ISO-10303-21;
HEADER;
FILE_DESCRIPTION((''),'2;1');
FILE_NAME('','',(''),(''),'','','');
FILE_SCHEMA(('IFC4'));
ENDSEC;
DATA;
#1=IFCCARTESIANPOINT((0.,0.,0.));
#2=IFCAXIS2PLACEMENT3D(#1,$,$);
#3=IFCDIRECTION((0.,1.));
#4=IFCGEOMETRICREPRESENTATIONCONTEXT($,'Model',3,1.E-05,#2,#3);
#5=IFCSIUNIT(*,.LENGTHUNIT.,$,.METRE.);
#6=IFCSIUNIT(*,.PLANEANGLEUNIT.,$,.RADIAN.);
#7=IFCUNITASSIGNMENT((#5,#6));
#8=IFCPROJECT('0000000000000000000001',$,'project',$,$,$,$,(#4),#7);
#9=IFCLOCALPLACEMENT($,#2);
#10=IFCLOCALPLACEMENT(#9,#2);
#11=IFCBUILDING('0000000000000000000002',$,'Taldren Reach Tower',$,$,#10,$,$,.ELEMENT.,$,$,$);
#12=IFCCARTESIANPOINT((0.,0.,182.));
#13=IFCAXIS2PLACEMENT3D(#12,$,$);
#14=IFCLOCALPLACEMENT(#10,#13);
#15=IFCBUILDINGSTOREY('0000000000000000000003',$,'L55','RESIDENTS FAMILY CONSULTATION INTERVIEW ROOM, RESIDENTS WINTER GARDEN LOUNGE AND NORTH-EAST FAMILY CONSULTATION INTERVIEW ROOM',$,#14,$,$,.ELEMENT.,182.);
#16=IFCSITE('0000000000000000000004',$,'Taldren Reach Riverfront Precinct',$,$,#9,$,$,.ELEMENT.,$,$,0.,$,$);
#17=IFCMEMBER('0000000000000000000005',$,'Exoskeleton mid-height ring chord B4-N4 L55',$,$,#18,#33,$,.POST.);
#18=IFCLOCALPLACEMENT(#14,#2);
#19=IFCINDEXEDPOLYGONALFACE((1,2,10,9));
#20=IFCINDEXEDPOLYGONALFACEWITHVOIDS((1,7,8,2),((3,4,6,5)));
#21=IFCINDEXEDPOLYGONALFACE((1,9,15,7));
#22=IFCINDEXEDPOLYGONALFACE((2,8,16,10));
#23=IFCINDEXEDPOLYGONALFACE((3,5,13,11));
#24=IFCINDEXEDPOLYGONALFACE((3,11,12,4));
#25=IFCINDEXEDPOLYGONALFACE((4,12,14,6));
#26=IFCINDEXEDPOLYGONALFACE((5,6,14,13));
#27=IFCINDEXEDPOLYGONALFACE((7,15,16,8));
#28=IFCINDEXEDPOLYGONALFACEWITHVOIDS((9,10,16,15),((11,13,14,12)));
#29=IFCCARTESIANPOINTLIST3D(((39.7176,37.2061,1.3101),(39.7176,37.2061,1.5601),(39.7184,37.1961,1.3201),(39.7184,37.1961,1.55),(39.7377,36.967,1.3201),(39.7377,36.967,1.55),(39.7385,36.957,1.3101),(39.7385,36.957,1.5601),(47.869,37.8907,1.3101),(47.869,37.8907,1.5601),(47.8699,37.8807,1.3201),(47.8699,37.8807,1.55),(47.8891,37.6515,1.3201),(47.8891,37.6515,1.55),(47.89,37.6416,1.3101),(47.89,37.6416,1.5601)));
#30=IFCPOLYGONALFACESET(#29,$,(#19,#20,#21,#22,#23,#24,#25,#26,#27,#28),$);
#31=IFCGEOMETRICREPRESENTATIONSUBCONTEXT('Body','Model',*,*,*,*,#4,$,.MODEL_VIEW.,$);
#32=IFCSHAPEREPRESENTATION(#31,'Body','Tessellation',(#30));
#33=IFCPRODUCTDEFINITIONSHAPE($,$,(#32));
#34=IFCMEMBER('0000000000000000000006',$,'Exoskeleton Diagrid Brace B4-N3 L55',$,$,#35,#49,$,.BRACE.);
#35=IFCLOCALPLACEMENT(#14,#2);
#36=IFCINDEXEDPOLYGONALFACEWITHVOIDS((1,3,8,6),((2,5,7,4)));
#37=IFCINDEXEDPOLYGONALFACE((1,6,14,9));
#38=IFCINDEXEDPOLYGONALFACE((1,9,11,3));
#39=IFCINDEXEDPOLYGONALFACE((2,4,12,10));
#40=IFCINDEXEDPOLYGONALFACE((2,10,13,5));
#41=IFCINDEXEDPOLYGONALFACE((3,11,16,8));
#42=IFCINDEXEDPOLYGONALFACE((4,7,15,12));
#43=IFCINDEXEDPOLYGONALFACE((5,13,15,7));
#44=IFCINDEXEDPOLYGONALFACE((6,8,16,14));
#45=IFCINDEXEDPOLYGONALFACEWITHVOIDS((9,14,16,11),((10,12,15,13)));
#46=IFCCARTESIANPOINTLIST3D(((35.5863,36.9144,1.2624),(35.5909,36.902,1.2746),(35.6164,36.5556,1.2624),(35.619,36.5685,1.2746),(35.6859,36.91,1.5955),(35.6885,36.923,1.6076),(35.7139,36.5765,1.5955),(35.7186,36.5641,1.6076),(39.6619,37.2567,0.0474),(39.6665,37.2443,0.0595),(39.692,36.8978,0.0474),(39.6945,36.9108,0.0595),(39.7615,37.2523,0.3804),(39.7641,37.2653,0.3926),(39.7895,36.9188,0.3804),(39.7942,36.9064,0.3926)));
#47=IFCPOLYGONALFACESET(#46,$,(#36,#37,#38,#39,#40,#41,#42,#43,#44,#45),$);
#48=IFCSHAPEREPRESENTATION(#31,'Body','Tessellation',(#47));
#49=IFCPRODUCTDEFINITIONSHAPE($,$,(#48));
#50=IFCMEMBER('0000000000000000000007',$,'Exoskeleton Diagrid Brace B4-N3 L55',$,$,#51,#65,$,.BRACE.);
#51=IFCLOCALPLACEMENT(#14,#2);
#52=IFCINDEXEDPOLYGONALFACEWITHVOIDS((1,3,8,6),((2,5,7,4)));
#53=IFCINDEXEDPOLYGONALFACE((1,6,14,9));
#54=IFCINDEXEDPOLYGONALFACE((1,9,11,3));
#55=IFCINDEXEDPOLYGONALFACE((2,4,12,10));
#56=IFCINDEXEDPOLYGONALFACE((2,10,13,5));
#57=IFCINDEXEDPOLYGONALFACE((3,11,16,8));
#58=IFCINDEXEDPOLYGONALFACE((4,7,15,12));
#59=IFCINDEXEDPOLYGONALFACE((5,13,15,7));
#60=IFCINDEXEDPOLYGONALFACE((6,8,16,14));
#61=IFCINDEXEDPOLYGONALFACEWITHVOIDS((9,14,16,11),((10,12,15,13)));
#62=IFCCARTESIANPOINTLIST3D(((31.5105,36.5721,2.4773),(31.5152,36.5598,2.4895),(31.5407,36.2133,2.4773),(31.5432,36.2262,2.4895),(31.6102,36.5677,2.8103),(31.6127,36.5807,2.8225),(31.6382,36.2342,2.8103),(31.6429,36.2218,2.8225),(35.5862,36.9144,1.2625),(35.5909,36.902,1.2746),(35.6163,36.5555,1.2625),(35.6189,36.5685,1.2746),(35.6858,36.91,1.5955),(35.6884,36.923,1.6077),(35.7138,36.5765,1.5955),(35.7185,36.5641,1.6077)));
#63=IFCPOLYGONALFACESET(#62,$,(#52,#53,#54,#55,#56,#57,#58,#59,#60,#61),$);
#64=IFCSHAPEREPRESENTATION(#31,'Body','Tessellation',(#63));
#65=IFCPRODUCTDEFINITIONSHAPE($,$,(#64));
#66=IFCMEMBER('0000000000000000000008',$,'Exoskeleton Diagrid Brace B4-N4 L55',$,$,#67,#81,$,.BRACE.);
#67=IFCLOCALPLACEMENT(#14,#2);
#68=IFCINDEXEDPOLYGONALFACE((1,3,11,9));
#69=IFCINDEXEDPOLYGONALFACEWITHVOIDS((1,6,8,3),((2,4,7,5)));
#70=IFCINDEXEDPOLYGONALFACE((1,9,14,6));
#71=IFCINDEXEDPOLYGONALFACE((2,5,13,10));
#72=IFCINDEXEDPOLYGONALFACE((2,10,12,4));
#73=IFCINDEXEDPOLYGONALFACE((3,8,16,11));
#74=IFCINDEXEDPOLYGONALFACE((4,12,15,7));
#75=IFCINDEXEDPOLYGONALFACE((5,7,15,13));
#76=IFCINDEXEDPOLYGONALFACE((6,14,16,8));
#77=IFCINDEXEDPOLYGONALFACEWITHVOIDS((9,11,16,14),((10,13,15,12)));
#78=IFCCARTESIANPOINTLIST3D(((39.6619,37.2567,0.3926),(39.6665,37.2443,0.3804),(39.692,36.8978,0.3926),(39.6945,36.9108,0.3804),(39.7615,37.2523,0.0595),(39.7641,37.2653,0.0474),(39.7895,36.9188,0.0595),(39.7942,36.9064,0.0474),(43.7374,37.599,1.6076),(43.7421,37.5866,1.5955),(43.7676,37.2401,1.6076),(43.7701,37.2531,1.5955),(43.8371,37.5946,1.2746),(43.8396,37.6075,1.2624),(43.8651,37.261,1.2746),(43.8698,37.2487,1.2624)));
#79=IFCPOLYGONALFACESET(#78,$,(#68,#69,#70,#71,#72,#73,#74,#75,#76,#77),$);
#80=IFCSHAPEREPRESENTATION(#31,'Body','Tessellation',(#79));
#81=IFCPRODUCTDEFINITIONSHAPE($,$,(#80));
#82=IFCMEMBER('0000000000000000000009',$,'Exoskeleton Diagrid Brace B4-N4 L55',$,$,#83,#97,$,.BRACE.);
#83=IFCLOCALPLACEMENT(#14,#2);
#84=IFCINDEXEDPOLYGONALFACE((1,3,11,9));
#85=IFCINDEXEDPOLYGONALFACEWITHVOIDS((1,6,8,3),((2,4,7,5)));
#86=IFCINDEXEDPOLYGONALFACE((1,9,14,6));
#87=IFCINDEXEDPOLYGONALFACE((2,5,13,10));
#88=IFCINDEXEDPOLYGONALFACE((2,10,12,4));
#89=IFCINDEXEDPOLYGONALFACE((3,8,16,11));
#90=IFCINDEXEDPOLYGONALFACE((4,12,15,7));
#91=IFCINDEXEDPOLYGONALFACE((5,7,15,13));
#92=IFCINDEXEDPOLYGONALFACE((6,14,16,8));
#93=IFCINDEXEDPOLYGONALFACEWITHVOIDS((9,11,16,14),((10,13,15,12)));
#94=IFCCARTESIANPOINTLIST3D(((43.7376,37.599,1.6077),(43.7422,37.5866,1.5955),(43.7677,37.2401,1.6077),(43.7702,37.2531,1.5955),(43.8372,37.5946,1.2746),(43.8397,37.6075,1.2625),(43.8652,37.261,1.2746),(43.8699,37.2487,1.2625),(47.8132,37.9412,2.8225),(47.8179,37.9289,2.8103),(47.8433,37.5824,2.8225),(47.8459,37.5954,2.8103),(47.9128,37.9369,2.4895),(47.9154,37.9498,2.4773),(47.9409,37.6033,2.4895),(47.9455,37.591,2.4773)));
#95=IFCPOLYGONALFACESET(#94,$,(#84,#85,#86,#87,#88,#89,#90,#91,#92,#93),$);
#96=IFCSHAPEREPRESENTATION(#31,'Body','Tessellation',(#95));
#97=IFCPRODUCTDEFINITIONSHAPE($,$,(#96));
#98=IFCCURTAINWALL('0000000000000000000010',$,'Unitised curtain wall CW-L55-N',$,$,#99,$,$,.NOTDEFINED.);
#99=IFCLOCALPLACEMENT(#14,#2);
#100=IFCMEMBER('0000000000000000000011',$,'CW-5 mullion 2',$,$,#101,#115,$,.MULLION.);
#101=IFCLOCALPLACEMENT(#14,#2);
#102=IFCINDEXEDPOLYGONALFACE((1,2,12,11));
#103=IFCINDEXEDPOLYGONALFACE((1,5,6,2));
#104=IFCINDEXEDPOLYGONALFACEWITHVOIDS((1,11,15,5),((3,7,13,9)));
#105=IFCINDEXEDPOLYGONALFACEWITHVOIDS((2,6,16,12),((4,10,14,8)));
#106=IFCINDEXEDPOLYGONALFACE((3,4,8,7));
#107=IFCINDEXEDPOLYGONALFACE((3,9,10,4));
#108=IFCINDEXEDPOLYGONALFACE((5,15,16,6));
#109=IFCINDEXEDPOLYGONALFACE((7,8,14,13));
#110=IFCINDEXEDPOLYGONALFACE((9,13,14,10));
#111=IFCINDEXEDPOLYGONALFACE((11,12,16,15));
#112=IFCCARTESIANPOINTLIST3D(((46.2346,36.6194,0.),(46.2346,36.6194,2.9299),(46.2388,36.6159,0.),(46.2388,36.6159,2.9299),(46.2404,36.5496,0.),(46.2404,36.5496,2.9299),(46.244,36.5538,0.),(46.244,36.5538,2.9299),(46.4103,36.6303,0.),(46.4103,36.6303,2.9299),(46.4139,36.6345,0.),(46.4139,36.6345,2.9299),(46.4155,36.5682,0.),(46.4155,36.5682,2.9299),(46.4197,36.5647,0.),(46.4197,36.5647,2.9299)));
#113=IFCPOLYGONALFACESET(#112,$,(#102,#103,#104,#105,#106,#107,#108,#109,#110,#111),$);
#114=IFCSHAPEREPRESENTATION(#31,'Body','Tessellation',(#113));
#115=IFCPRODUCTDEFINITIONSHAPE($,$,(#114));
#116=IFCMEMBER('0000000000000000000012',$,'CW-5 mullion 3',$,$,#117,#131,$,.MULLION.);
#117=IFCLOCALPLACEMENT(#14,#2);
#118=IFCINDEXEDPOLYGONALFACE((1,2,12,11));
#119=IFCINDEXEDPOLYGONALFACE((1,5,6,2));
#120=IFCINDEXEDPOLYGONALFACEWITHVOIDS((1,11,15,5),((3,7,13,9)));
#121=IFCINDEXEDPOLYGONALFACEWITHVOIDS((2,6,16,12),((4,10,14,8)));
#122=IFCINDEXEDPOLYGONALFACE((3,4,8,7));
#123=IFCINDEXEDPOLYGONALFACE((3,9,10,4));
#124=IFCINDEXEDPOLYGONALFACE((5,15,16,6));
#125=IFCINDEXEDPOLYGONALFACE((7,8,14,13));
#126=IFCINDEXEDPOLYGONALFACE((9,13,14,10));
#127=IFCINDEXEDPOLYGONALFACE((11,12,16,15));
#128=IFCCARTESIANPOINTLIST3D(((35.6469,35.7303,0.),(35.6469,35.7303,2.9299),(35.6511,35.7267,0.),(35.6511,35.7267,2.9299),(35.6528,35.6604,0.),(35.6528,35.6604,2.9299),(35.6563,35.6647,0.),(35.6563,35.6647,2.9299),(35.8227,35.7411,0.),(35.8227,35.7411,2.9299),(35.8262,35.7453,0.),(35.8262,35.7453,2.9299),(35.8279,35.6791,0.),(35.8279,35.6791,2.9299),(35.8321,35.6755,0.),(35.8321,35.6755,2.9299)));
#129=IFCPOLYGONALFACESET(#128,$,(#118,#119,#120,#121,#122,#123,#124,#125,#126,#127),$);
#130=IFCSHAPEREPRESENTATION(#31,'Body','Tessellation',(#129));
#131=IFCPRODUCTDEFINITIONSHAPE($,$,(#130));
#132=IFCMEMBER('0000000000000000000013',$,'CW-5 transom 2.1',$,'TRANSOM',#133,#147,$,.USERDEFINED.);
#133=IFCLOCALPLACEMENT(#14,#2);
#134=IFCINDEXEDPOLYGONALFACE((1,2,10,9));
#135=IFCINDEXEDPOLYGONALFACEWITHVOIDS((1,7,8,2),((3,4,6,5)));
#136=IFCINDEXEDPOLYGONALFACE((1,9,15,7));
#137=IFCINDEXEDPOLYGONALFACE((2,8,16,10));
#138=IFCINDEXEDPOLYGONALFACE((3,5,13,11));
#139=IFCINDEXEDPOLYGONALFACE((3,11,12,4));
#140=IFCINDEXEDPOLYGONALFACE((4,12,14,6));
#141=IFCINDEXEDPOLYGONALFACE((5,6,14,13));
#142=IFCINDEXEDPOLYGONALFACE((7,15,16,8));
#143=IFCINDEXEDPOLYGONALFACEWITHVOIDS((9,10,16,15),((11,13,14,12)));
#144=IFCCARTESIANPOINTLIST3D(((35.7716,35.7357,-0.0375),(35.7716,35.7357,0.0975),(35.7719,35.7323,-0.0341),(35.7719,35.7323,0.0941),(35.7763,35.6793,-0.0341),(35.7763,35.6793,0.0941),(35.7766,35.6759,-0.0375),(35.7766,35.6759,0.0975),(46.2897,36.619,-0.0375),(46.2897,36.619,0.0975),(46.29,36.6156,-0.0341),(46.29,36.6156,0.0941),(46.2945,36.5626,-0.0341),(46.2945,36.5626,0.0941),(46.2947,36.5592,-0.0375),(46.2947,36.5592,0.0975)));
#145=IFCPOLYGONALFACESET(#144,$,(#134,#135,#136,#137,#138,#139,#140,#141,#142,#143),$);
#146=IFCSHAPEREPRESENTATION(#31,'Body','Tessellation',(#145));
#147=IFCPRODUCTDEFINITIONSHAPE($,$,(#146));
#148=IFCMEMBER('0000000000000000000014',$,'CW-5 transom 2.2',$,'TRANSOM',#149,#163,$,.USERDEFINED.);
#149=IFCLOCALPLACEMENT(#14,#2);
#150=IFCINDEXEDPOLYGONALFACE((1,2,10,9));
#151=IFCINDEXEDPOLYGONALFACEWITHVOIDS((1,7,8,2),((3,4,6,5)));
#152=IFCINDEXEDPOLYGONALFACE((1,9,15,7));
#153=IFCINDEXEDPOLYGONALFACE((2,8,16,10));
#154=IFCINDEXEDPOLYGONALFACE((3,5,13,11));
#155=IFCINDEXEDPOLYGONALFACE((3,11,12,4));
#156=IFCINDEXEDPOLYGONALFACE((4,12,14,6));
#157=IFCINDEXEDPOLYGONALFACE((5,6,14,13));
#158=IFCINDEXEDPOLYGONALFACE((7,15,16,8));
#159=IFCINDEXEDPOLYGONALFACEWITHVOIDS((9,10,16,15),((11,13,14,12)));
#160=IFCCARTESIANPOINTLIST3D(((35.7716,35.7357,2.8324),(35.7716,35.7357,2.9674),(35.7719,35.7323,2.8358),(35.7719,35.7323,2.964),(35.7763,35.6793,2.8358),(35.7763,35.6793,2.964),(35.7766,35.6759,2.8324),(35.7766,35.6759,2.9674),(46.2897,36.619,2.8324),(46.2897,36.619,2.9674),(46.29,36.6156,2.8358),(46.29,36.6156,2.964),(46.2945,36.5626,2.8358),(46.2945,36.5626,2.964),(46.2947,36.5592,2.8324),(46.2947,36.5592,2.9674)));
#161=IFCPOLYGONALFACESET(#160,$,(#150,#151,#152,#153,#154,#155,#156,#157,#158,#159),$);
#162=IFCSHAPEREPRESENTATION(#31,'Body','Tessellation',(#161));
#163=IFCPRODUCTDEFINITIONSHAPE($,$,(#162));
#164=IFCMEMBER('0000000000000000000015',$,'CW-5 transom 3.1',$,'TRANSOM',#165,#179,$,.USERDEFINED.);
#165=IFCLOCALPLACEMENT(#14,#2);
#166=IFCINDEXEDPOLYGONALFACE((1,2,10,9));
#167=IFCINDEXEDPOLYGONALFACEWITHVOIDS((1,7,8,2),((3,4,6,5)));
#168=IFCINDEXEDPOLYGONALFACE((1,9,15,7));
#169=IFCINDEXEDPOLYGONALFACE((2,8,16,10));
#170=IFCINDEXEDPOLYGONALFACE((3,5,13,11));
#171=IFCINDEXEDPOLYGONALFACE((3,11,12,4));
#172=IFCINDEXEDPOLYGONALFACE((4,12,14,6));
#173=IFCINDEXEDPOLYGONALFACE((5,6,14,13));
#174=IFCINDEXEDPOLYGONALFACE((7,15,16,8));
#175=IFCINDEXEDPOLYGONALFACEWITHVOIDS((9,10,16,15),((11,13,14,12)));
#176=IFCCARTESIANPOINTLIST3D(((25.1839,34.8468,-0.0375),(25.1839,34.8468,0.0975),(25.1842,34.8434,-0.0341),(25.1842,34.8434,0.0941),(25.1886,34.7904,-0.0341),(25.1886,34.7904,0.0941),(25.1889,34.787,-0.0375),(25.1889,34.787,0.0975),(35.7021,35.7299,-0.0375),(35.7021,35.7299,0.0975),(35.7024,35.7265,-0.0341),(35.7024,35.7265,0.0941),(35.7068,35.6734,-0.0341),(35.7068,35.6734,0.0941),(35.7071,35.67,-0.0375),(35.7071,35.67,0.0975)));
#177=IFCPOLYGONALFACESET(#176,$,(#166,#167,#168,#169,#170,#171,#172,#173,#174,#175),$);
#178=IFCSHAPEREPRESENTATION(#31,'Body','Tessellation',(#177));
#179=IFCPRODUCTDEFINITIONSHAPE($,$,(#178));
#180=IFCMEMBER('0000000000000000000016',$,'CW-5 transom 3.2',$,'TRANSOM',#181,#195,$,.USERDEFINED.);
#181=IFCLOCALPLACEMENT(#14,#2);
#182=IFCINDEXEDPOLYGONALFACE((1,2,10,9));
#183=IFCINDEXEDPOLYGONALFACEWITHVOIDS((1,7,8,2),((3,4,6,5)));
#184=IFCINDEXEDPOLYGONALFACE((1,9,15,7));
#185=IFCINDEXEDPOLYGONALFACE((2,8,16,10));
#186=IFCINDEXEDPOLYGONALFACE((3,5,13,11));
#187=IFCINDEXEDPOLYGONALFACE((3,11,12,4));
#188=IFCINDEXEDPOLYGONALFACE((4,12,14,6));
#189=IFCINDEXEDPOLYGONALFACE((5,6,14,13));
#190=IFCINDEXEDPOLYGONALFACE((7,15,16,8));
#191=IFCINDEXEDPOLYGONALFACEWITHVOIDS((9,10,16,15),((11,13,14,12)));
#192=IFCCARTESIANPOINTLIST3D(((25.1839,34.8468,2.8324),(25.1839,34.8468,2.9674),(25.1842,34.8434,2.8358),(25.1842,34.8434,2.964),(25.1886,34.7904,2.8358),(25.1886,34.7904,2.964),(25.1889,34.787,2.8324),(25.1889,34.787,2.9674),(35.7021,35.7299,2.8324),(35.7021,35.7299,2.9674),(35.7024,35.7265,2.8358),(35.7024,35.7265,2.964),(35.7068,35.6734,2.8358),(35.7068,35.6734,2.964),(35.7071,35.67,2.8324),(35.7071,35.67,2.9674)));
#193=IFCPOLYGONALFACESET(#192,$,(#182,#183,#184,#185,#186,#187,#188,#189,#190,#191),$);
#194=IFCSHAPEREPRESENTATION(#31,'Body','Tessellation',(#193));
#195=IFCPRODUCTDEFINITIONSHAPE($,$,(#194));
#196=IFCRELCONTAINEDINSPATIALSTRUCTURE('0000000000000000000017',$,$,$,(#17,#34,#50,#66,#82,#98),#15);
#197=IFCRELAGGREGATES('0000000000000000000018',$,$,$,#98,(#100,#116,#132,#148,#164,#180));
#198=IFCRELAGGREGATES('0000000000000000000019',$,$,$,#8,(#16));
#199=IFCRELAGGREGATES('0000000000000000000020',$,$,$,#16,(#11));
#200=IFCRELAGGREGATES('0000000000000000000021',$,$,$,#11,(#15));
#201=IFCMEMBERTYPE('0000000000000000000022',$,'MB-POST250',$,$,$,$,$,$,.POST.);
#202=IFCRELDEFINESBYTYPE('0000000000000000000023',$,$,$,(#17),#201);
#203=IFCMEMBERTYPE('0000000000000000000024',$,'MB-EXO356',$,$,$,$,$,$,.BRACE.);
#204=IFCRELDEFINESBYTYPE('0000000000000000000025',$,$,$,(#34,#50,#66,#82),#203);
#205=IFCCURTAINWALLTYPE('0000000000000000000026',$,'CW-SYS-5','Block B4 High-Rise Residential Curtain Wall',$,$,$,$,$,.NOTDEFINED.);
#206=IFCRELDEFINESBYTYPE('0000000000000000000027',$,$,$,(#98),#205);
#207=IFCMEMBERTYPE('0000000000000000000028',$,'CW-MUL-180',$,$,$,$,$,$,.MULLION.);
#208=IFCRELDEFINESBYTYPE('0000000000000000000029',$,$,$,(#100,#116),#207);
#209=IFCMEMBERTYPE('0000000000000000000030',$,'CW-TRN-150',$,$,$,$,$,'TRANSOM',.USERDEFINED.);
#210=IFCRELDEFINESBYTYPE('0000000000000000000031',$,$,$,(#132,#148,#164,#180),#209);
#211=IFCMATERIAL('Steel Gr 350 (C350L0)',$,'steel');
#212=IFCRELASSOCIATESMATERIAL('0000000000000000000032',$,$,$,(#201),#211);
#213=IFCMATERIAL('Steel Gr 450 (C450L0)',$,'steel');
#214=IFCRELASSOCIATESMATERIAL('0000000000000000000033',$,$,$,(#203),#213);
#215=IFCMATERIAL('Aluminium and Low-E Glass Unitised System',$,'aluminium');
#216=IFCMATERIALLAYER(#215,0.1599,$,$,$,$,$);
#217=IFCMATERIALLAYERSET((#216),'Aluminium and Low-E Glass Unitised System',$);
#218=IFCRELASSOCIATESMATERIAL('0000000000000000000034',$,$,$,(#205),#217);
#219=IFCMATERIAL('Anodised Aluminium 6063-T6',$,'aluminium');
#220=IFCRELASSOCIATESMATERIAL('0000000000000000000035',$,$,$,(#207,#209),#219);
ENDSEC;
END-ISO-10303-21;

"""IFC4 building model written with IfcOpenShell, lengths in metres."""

from ifc_helpers import new_model, si_unit, direction, frame, origin, origin_2d, place, context, subcontext, project, spatial, hollow_rectangle, extrude, source, transform, mapped, material, layer, layer_set, material_profile, profile_set, type_object, element, aggregate, save


model = new_model("IFC4")

# Units and contexts
model_context = context("Model", 3, precision=1e-05, world=origin(), true_north=direction((0.0, 1.0)))
body_context = subcontext(model_context, "Body", "Model", "MODEL_VIEW")
ifc_project = project(units=[si_unit("LENGTHUNIT", "METRE"), si_unit("PLANEANGLEUNIT", "RADIAN")], contexts=[model_context])

# Site, building, storey
site_placement = place(None, origin())
site = spatial("IfcSite", under=ifc_project, at=site_placement, Name="Taldren Reach Riverfront Precinct", CompositionType="ELEMENT", RefElevation=0.0)
building_placement = place(site_placement, origin())
building = spatial("IfcBuilding", under=site, at=building_placement, Name="Taldren Reach Tower", CompositionType="ELEMENT")
storey_placement = place(building_placement, frame((0.0, 0.0, 182.0)))
storey = spatial("IfcBuildingStorey", under=building, at=storey_placement, Name="L55", Description="RESIDENTS FAMILY CONSULTATION INTERVIEW ROOM, RESIDENTS WINTER GARDEN LOUNGE AND NORTH-EAST FAMILY CONSULTATION INTERVIEW ROOM", CompositionType="ELEMENT", Elevation=182.0)

# Shared definitions
ifc_material_1 = material(Name="Steel Gr 450 (C450L0)", Category="steel")

# Shared definitions
ifc_material_2 = material(Name="Steel Gr 350 (C350L0)", Category="steel")
ifc_material_profile_1 = material_profile(ifc_material_2, hollow_rectangle(XDim=0.25, YDim=0.25, WallThickness=0.01, at=origin_2d()), Name="250x250x10.0SHS")
ifc_profile_set_1 = profile_set([ifc_material_profile_1], Name="Steel Gr 350 (C350L0)")
member_type_1 = type_object("IfcMemberType", Name="MB-POST250", PredefinedType="POST", material=ifc_profile_set_1)

# Members
shared_shape_1 = source(origin(), body_context, "Body", "SweptSolid", [
    extrude(hollow_rectangle(XDim=0.25, YDim=0.25, WallThickness=0.01, at=origin_2d()), origin(), (0.0, 0.0, 1.0), 8.1802),
])
member_1_placement = place(storey_placement, frame((39.728, 37.0815, 1.4351), z_axis=(0.996492, 0.083688, 0.0), x_axis=(-0.083688, 0.996492, 0.0)))
element("IfcMember", 1, at=member_1_placement, inside=storey, type_object=member_type_1, Name="Exoskeleton mid-height ring chord B4-N4 L55", PredefinedType="POST", context=body_context, shape_type="MappedRepresentation", body=[
    mapped(shared_shape_1, transform((0.0, 0.0, 0.0), scale=1.0)),
])
ifc_material_profile_2 = material_profile(ifc_material_1, hollow_rectangle(XDim=0.3601, YDim=0.3601, WallThickness=0.0127, at=origin_2d()), Name="360x360x12.7SHS")
ifc_profile_set_2 = profile_set([ifc_material_profile_2], Name="Steel Gr 450 (C450L0)")
member_type_2 = type_object("IfcMemberType", Name="MB-EXO356", PredefinedType="BRACE", material=ifc_profile_set_2)
shared_shape_2 = source(origin(), body_context, "Body", "SweptSolid", [
    extrude(hollow_rectangle(XDim=0.3601, YDim=0.3601, WallThickness=0.0127, at=origin_2d()), origin(), (0.0, 0.0, 1.0), 4.2666),
])
for number, where, z_axis, x_axis, name in (
    (2, (39.728, 37.0815, 0.22), (-0.955229, -0.080222, 0.284783), (0.083688, -0.996492, 0.0), "Exoskeleton Diagrid Brace B4-N3 L55"),
    (3, (35.6523, 36.7393, 1.4351), (-0.955245, -0.080224, 0.284731), (0.083688, -0.996492, 0.0), "Exoskeleton Diagrid Brace B4-N3 L55"),
    (4, (39.728, 37.0815, 0.22), (0.955229, 0.080222, 0.284783), (-0.083688, 0.996492, 0.0), "Exoskeleton Diagrid Brace B4-N4 L55"),
    (5, (43.8037, 37.4238, 1.4351), (0.955245, 0.080224, 0.284731), (-0.083688, 0.996492, 0.0), "Exoskeleton Diagrid Brace B4-N4 L55"),
):
    element("IfcMember", number, at=place(storey_placement, frame(where, z_axis=z_axis, x_axis=x_axis)), inside=storey, type_object=member_type_2, Name=name, PredefinedType="BRACE", context=body_context, shape_type="MappedRepresentation", body=[
        mapped(shared_shape_2, transform((0.0, 0.0, 0.0), scale=1.0)),
    ])

# Curtain wall, members
ifc_material_3 = material(Name="Aluminium and Low-E Glass Unitised System", Category="aluminium")
ifc_layer_1 = layer(ifc_material_3, 0.1599)
ifc_layer_set_1 = layer_set([ifc_layer_1], Name="Aluminium and Low-E Glass Unitised System")
curtain_wall_type = type_object("IfcCurtainWallType", Name="CW-SYS-5", Description="Block B4 High-Rise Residential Curtain Wall", PredefinedType="NOTDEFINED", material=ifc_layer_set_1)
curtain_wall_placement = place(storey_placement, origin())
curtain_wall = element("IfcCurtainWall", 6, at=curtain_wall_placement, inside=storey, type_object=curtain_wall_type, Name="Unitised curtain wall CW-L55-N", PredefinedType="NOTDEFINED")
ifc_material_4 = material(Name="Anodised Aluminium 6063-T6", Category="aluminium")
ifc_material_profile_3 = material_profile(ifc_material_4, hollow_rectangle(XDim=0.0701, YDim=0.1799, WallThickness=0.0039, at=origin_2d()), Name="ALU-180x70x4RHS")
ifc_profile_set_3 = profile_set([ifc_material_profile_3], Name="Anodised Aluminium 6063-T6")
member_type_3 = type_object("IfcMemberType", Name="CW-MUL-180", PredefinedType="MULLION", material=ifc_profile_set_3)
shared_shape_3 = source(origin(), body_context, "Body", "SweptSolid", [
    extrude(hollow_rectangle(XDim=0.0701, YDim=0.1799, WallThickness=0.0039, at=origin_2d()), origin(), (0.0, 0.0, 1.0), 2.9299),
])
member_2_placement = place(storey_placement, frame((46.3271, 36.592, 0.0), z_axis=(0.0, 0.0, 1.0), x_axis=(0.083678, -0.996493, 0.0)))
member_2 = element("IfcMember", 7, at=member_2_placement, type_object=member_type_3, Name="CW-5 mullion 2", PredefinedType="MULLION", context=body_context, shape_type="MappedRepresentation", body=[
    mapped(shared_shape_3, transform((0.0, 0.0, 0.0), scale=1.0)),
])
member_3_placement = place(storey_placement, frame((35.7395, 35.7029, 0.0), z_axis=(0.0, 0.0, 1.0), x_axis=(0.083678, -0.996493, 0.0)))
member_3 = element("IfcMember", 8, at=member_3_placement, type_object=member_type_3, Name="CW-5 mullion 3", PredefinedType="MULLION", context=body_context, shape_type="MappedRepresentation", body=[
    mapped(shared_shape_3, transform((0.0, 0.0, 0.0), scale=1.0)),
])
ifc_material_profile_4 = material_profile(ifc_material_4, hollow_rectangle(XDim=0.0601, YDim=0.135, WallThickness=0.0034, at=origin_2d()), Name="ALU-135x60x3.5RHS")
ifc_profile_set_4 = profile_set([ifc_material_profile_4], Name="Anodised Aluminium 6063-T6")
member_type_4 = type_object("IfcMemberType", Name="CW-TRN-150", ElementType="TRANSOM", PredefinedType="USERDEFINED", material=ifc_profile_set_4)
shared_shape_4 = source(origin(), body_context, "Body", "SweptSolid", [
    extrude(hollow_rectangle(XDim=0.0601, YDim=0.135, WallThickness=0.0034, at=origin_2d()), origin(), (0.0, 0.0, 1.0), 10.5552),
])
member_4_placement = place(storey_placement, frame((46.2922, 36.5891, 0.03), z_axis=(-0.996492, -0.083685, 0.0), x_axis=(0.083685, -0.996492, 0.0)))
member_4 = element("IfcMember", 9, at=member_4_placement, type_object=member_type_4, Name="CW-5 transom 2.1", ObjectType="TRANSOM", PredefinedType="USERDEFINED", context=body_context, shape_type="MappedRepresentation", body=[
    mapped(shared_shape_4, transform((0.0, 0.0, 0.0), scale=1.0)),
])
member_5_placement = place(storey_placement, frame((46.2922, 36.5891, 2.8999), z_axis=(-0.996492, -0.083685, 0.0), x_axis=(0.083685, -0.996492, 0.0)))
member_5 = element("IfcMember", 10, at=member_5_placement, type_object=member_type_4, Name="CW-5 transom 2.2", ObjectType="TRANSOM", PredefinedType="USERDEFINED", context=body_context, shape_type="MappedRepresentation", body=[
    mapped(shared_shape_4, transform((0.0, 0.0, 0.0), scale=1.0)),
])
member_6_placement = place(storey_placement, frame((35.7046, 35.7, 0.03), z_axis=(-0.996494, -0.083662, 0.0), x_axis=(0.083662, -0.996494, 0.0)))
member_6 = element("IfcMember", 11, at=member_6_placement, type_object=member_type_4, Name="CW-5 transom 3.1", ObjectType="TRANSOM", PredefinedType="USERDEFINED", context=body_context, shape_type="MappedRepresentation", body=[
    mapped(shared_shape_4, transform((0.0, 0.0, 0.0), scale=1.0)),
])
member_7_placement = place(storey_placement, frame((35.7046, 35.7, 2.8999), z_axis=(-0.996494, -0.083662, 0.0), x_axis=(0.083662, -0.996494, 0.0)))
member_7 = element("IfcMember", 12, at=member_7_placement, type_object=member_type_4, Name="CW-5 transom 3.2", ObjectType="TRANSOM", PredefinedType="USERDEFINED", context=body_context, shape_type="MappedRepresentation", body=[
    mapped(shared_shape_4, transform((0.0, 0.0, 0.0), scale=1.0)),
])

aggregate(curtain_wall, [member_2, member_3, member_4, member_5, member_6, member_7])

save(model, "model.ifc")
